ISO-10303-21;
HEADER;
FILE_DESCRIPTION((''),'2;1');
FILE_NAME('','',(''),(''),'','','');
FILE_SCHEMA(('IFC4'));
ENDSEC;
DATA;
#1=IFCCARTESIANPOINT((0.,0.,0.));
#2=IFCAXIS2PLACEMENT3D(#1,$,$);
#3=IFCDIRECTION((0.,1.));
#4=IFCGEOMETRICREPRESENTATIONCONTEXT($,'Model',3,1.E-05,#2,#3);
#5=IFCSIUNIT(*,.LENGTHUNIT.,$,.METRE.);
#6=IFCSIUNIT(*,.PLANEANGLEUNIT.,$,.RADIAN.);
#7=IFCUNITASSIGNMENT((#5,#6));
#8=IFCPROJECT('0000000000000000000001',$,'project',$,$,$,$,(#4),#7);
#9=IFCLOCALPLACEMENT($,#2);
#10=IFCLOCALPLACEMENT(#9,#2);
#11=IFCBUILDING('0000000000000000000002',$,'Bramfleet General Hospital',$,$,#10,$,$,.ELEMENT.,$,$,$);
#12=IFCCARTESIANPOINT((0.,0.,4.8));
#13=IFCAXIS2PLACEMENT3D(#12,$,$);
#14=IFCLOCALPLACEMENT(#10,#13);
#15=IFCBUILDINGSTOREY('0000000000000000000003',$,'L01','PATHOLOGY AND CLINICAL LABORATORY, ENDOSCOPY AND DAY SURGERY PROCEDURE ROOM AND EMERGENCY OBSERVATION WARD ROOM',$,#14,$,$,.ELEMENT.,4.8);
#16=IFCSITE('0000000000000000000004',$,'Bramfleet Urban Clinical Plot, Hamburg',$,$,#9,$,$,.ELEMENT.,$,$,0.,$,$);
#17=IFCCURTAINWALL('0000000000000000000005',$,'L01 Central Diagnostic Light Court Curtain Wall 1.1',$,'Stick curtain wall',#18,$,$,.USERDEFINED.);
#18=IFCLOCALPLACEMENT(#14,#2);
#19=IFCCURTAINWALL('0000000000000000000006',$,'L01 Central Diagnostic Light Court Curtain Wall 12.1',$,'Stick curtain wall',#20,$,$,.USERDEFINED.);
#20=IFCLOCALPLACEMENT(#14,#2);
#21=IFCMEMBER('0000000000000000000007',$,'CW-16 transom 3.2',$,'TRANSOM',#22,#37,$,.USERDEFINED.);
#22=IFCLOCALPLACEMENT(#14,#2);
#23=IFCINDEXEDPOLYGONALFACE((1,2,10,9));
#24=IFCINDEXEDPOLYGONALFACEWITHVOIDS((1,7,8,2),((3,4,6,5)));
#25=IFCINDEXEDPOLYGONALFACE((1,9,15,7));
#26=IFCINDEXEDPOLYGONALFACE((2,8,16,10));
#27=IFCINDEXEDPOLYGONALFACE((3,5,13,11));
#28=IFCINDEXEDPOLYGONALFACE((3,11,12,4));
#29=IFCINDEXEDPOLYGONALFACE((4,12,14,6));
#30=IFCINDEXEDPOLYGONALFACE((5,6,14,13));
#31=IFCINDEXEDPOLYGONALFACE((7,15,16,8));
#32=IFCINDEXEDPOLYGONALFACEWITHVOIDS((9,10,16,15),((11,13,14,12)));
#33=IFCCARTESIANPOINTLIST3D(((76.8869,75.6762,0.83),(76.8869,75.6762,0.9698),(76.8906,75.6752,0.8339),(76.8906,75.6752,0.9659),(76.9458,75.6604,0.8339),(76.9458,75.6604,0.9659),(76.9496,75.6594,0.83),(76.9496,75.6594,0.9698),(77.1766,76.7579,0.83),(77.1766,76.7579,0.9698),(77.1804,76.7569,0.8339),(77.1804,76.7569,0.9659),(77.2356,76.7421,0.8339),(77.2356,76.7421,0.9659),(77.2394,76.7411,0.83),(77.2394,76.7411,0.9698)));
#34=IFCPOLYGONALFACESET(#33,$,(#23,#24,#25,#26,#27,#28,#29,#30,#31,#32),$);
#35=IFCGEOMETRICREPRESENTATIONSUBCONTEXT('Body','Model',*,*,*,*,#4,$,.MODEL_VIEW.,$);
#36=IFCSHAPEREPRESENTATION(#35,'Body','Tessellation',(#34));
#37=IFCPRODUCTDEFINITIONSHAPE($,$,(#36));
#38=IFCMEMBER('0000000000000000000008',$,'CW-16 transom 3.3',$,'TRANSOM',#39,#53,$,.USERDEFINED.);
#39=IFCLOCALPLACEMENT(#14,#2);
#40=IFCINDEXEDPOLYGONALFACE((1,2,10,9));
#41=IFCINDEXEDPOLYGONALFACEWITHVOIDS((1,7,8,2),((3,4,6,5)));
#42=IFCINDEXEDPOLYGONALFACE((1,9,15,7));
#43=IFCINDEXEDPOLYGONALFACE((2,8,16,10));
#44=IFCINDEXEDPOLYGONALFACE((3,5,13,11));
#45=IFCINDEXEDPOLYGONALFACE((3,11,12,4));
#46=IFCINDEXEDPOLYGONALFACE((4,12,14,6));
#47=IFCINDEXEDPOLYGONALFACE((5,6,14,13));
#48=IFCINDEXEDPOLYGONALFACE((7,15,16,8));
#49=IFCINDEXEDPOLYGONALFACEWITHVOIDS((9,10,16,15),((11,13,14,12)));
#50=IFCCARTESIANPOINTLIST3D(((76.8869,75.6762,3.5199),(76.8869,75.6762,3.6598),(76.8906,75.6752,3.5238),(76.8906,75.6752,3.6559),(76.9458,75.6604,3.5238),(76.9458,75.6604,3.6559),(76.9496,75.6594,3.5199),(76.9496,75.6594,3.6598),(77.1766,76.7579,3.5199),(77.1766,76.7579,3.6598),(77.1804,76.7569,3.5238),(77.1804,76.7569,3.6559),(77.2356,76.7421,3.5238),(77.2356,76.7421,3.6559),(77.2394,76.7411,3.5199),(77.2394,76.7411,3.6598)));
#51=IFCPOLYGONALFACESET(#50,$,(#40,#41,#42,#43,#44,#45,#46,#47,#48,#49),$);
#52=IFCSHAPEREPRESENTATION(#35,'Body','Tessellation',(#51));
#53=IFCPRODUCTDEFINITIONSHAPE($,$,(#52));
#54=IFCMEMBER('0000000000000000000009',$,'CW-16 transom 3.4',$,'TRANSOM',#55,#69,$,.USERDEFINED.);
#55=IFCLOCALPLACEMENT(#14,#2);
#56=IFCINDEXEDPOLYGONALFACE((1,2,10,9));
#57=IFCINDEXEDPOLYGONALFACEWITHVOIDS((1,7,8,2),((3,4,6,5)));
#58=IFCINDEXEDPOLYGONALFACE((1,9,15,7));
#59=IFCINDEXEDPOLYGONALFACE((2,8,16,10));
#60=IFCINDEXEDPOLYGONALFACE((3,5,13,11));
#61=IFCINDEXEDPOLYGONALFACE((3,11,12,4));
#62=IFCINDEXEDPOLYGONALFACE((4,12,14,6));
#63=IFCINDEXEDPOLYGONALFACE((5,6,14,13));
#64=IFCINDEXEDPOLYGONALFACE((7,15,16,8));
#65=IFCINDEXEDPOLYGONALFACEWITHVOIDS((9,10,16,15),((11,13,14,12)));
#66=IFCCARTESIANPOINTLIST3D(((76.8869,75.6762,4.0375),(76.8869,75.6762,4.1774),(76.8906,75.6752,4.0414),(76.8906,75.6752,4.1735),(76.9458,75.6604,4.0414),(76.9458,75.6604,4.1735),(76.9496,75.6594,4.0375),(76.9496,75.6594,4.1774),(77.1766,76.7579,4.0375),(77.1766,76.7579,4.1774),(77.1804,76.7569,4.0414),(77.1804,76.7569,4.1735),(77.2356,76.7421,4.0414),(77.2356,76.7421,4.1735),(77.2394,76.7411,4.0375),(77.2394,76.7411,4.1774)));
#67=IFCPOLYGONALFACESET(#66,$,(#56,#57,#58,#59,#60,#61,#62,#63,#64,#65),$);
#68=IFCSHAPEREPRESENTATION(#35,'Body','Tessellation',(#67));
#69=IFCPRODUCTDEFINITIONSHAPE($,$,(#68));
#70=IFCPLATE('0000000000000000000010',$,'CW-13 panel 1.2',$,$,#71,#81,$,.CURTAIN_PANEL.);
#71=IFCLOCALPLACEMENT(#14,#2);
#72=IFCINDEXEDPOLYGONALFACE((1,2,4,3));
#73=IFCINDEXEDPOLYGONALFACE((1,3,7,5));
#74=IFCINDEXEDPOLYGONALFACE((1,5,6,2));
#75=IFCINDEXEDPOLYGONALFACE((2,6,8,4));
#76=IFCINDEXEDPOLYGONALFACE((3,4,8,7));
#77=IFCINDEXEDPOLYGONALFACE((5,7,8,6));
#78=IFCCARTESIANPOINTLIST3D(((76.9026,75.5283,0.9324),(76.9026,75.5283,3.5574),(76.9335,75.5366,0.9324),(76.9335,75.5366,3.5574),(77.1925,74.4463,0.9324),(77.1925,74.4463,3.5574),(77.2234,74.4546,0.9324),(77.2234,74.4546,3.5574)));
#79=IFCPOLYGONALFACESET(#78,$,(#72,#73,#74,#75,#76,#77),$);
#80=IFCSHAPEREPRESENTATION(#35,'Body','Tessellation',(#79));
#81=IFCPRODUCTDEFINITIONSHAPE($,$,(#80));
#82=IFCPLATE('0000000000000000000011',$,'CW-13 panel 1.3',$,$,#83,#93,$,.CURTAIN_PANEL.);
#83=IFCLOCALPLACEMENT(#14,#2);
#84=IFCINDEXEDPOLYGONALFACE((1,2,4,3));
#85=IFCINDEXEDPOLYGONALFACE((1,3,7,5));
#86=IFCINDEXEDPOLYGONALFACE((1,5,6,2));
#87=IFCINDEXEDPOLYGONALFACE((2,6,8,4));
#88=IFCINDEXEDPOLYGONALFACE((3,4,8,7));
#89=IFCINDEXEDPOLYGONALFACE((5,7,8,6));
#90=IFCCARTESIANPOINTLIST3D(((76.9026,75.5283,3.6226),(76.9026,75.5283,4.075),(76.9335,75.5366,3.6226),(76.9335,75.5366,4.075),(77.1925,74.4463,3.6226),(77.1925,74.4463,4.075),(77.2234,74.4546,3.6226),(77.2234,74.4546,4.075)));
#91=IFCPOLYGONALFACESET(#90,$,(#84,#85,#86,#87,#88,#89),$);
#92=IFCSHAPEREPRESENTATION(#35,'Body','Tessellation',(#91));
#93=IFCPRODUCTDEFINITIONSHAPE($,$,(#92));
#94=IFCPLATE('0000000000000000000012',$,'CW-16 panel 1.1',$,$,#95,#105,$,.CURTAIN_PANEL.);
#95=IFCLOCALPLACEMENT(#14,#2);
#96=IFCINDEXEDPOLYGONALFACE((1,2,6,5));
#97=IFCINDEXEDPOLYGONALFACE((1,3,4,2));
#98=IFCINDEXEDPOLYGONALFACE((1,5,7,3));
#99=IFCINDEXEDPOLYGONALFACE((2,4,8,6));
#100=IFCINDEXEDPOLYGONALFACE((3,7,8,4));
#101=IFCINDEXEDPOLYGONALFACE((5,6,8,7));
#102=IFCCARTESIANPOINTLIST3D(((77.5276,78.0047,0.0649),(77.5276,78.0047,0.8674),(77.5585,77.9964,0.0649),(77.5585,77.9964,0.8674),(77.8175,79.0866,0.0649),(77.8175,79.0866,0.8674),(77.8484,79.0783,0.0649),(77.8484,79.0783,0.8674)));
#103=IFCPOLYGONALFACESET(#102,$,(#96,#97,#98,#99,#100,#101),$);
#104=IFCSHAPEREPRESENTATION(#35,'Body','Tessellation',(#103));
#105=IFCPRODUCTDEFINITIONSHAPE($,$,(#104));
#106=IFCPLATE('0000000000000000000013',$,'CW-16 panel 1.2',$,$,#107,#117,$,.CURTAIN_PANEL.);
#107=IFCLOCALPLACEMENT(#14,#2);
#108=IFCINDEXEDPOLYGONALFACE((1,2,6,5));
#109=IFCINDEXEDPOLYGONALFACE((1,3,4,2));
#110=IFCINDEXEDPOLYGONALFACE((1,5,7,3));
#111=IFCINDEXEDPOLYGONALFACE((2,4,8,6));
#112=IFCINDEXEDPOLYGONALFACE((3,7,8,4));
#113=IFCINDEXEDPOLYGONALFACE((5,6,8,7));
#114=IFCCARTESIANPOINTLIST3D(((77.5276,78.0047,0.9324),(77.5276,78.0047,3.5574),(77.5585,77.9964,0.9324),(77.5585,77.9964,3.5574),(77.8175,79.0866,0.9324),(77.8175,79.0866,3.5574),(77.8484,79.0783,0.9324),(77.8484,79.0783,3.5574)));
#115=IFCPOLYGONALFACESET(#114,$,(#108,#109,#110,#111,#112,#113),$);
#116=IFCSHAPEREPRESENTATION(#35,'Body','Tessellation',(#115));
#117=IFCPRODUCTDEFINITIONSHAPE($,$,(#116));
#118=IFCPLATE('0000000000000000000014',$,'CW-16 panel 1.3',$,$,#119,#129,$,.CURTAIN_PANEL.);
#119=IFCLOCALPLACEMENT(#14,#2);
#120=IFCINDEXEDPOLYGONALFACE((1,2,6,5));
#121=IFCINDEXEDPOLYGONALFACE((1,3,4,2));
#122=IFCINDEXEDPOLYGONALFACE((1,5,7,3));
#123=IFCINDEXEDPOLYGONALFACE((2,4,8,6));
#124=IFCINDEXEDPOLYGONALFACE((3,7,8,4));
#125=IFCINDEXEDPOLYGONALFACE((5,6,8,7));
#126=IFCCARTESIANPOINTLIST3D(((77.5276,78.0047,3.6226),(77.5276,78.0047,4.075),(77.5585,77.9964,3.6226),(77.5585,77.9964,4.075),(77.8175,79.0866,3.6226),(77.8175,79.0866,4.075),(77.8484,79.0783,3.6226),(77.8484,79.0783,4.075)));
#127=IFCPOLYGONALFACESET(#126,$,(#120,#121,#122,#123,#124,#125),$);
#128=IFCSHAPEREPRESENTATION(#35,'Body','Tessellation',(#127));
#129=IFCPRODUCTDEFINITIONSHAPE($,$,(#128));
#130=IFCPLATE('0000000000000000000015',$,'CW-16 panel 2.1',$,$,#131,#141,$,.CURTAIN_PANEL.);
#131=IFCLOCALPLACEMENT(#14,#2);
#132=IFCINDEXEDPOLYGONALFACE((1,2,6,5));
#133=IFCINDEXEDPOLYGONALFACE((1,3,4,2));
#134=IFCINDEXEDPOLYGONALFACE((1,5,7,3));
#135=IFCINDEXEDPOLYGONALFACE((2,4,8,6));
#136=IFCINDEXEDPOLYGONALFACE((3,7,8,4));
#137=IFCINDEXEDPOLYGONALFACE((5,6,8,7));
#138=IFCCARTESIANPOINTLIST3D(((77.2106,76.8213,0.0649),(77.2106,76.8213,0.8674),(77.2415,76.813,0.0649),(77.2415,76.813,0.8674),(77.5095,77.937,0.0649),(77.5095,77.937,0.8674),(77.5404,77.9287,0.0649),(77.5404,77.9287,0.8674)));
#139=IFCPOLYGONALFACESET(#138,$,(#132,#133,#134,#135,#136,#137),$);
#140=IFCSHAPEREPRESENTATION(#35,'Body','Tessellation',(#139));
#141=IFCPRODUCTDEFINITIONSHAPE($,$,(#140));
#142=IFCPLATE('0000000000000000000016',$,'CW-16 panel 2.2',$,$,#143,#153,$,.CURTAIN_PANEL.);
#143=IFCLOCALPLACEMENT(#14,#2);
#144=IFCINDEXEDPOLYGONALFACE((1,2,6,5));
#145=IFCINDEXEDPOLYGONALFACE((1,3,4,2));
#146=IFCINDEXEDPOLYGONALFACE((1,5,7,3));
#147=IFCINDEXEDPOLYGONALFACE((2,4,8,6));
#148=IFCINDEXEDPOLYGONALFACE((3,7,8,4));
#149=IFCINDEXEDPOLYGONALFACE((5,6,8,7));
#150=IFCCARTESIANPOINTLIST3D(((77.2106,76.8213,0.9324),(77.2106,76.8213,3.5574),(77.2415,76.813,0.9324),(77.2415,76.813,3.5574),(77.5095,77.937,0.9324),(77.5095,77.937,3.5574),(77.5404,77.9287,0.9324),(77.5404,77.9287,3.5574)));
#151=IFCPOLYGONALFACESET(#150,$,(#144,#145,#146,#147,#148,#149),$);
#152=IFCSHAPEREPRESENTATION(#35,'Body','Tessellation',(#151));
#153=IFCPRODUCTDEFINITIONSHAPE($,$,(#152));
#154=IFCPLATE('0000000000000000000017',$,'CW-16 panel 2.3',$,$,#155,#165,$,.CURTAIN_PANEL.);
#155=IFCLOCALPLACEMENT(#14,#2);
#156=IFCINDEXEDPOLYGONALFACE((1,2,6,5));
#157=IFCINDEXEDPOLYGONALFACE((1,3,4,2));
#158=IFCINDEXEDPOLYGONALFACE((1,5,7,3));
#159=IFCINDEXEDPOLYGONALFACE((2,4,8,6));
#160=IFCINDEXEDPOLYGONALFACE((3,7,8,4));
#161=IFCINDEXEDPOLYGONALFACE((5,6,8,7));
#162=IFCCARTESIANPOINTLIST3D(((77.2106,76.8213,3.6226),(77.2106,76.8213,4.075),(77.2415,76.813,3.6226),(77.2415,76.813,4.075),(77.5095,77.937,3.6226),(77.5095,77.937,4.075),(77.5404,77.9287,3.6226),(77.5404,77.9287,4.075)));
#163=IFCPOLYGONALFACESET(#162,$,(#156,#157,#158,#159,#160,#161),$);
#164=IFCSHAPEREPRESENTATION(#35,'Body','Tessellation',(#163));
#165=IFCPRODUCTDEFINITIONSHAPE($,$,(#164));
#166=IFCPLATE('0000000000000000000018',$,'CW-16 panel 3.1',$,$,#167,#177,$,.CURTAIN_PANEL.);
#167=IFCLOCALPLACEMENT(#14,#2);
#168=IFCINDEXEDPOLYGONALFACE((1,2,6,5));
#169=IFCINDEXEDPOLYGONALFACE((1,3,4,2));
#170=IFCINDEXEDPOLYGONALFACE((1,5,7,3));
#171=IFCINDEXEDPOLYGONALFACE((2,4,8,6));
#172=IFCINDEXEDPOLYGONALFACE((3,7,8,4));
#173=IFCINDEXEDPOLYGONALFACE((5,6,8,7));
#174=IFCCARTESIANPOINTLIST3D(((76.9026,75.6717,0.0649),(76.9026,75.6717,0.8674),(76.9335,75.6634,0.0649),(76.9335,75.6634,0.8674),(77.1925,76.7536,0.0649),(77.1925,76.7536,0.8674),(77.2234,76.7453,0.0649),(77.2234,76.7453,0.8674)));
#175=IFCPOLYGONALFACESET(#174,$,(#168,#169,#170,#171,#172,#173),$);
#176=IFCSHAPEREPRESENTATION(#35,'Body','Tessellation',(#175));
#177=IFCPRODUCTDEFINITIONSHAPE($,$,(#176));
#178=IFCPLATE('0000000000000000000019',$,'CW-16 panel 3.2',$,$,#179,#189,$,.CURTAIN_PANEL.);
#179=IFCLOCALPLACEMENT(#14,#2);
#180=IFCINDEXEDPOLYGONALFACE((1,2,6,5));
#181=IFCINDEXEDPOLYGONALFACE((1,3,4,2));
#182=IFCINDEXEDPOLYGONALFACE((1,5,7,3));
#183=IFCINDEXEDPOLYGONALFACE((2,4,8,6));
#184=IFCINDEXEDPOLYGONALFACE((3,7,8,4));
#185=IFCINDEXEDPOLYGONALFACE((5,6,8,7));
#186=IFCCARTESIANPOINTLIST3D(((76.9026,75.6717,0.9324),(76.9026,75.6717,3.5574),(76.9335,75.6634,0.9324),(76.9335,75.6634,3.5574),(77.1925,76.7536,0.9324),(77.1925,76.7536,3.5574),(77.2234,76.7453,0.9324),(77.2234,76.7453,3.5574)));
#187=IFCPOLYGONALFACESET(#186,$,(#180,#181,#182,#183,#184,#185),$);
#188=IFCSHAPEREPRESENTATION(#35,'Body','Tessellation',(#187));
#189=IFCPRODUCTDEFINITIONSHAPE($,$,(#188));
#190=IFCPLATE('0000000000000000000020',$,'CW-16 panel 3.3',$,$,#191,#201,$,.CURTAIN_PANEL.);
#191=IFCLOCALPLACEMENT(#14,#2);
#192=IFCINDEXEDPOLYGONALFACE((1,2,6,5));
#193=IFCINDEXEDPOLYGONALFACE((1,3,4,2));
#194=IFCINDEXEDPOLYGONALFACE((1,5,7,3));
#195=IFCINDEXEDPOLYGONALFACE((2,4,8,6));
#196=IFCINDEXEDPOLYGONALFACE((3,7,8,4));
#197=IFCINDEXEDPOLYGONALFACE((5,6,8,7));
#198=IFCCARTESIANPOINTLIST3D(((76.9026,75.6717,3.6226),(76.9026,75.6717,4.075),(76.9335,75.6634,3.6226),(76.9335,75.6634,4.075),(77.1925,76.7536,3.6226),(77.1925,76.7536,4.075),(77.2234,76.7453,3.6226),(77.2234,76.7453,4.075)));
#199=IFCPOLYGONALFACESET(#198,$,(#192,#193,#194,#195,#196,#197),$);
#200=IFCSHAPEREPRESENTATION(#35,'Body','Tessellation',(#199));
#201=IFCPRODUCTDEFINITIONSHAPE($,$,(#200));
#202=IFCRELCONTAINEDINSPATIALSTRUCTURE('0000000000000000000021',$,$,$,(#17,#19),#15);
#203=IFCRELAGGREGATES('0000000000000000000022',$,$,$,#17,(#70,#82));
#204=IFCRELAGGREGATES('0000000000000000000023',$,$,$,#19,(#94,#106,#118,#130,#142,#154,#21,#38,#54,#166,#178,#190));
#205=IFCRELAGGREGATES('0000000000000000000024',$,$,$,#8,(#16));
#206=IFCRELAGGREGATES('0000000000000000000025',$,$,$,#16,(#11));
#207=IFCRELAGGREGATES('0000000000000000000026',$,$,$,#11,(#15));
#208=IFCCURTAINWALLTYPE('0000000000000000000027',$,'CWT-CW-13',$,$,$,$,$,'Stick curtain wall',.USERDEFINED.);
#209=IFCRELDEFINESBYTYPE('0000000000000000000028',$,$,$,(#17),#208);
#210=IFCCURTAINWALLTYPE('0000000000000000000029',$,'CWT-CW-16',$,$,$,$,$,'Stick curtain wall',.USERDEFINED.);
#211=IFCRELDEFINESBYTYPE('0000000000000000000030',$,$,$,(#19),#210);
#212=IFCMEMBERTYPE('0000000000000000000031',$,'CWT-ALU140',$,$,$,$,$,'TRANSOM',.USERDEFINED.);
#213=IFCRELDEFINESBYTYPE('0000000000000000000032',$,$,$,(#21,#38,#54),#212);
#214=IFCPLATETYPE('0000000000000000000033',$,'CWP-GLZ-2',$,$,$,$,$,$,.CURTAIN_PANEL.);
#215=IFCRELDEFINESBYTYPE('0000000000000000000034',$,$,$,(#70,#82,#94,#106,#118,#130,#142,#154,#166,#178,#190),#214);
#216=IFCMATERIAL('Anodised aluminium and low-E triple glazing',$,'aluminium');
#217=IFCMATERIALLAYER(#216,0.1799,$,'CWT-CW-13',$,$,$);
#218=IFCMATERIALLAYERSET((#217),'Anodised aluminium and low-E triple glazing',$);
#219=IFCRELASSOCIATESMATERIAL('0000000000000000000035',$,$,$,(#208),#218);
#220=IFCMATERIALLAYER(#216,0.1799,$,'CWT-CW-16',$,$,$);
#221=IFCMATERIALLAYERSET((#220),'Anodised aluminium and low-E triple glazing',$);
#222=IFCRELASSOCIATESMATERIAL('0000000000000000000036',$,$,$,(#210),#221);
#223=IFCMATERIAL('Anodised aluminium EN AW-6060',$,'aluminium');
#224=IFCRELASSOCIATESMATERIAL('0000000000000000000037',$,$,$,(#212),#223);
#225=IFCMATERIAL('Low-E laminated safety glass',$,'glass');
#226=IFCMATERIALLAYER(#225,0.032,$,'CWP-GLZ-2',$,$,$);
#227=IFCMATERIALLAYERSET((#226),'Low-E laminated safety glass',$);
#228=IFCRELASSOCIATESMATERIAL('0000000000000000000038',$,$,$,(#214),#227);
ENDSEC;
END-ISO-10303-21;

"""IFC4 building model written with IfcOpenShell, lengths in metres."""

from ifc_helpers import new_model, si_unit, direction, frame, origin, origin_2d, place, context, subcontext, project, spatial, rectangle, hollow_rectangle, extrude, material, layer, layer_set, material_profile, profile_set, type_object, element, aggregate, save


model = new_model("IFC4")

# Units and contexts
model_context = context("Model", 3, precision=1e-05, world=origin(), true_north=direction((0.0, 1.0)))
body_context = subcontext(model_context, "Body", "Model", "MODEL_VIEW")
ifc_project = project(units=[si_unit("LENGTHUNIT", "METRE"), si_unit("PLANEANGLEUNIT", "RADIAN")], contexts=[model_context])

# Site, building, storey
site_placement = place(None, origin())
site = spatial("IfcSite", under=ifc_project, at=site_placement, Name="Bramfleet Urban Clinical Plot, Hamburg", CompositionType="ELEMENT", RefElevation=0.0)
building_placement = place(site_placement, origin())
building = spatial("IfcBuilding", under=site, at=building_placement, Name="Bramfleet General Hospital", CompositionType="ELEMENT")
storey_placement = place(building_placement, frame((0.0, 0.0, 4.8)))
storey = spatial("IfcBuildingStorey", under=building, at=storey_placement, Name="L01", Description="PATHOLOGY AND CLINICAL LABORATORY, ENDOSCOPY AND DAY SURGERY PROCEDURE ROOM AND EMERGENCY OBSERVATION WARD ROOM", CompositionType="ELEMENT", Elevation=4.8)

# Curtain wall
ifc_material_1 = material(Name="Anodised aluminium and low-E triple glazing", Category="aluminium")
ifc_layer_1 = layer(ifc_material_1, 0.1799, Name="CWT-CW-13")
ifc_layer_set_1 = layer_set([ifc_layer_1], Name="Anodised aluminium and low-E triple glazing")
curtain_wall_type_1 = type_object("IfcCurtainWallType", Name="CWT-CW-13", ElementType="Stick curtain wall", PredefinedType="USERDEFINED", material=ifc_layer_set_1)
curtain_wall_1_placement = place(storey_placement, origin())
curtain_wall_1 = element("IfcCurtainWall", 1, at=curtain_wall_1_placement, inside=storey, type_object=curtain_wall_type_1, Name="L01 Central Diagnostic Light Court Curtain Wall 1.1", ObjectType="Stick curtain wall", PredefinedType="USERDEFINED")
ifc_material_2 = material(Name="Anodised aluminium EN AW-6060", Category="aluminium")

# Curtain wall
ifc_layer_2 = layer(ifc_material_1, 0.1799, Name="CWT-CW-16")
ifc_layer_set_2 = layer_set([ifc_layer_2], Name="Anodised aluminium and low-E triple glazing")
curtain_wall_type_2 = type_object("IfcCurtainWallType", Name="CWT-CW-16", ElementType="Stick curtain wall", PredefinedType="USERDEFINED", material=ifc_layer_set_2)
curtain_wall_2_placement = place(storey_placement, origin())
curtain_wall_2 = element("IfcCurtainWall", 2, at=curtain_wall_2_placement, inside=storey, type_object=curtain_wall_type_2, Name="L01 Central Diagnostic Light Court Curtain Wall 12.1", ObjectType="Stick curtain wall", PredefinedType="USERDEFINED")

# Members
ifc_material_profile_1 = material_profile(ifc_material_2, hollow_rectangle(XDim=0.0649, YDim=0.1399, WallThickness=0.0039, at=origin_2d()), Name="ALU 140x65x4.0")
ifc_profile_set_1 = profile_set([ifc_material_profile_1], Name="Anodised aluminium EN AW-6060")
member_type_1 = type_object("IfcMemberType", Name="CWT-ALU140", ElementType="TRANSOM", PredefinedType="USERDEFINED", material=ifc_profile_set_1)
member_1_placement = place(storey_placement, frame((77.208, 76.7495, 0.8999), z_axis=(-0.258762, -0.965941, 0.0), x_axis=(0.965941, -0.258762, 0.0)))
member_1 = element("IfcMember", 3, at=member_1_placement, type_object=member_type_1, Name="CW-16 transom 3.2", ObjectType="TRANSOM", PredefinedType="USERDEFINED", context=body_context, shape_type="SweptSolid", body=[
    extrude(hollow_rectangle(XDim=0.0649, YDim=0.1399, WallThickness=0.0039, at=origin_2d()), origin(), (0.0, 0.0, 1.0), 1.1199),
])
member_2_placement = place(storey_placement, frame((77.208, 76.7495, 3.5898), z_axis=(-0.258762, -0.965941, 0.0), x_axis=(0.965941, -0.258762, 0.0)))
member_2 = element("IfcMember", 4, at=member_2_placement, type_object=member_type_1, Name="CW-16 transom 3.3", ObjectType="TRANSOM", PredefinedType="USERDEFINED", context=body_context, shape_type="SweptSolid", body=[
    extrude(hollow_rectangle(XDim=0.0649, YDim=0.1399, WallThickness=0.0039, at=origin_2d()), origin(), (0.0, 0.0, 1.0), 1.1199),
])
member_3_placement = place(storey_placement, frame((77.208, 76.7495, 4.1074), z_axis=(-0.258762, -0.965941, 0.0), x_axis=(0.965941, -0.258762, 0.0)))
member_3 = element("IfcMember", 5, at=member_3_placement, type_object=member_type_1, Name="CW-16 transom 3.4", ObjectType="TRANSOM", PredefinedType="USERDEFINED", context=body_context, shape_type="SweptSolid", body=[
    extrude(hollow_rectangle(XDim=0.0649, YDim=0.1399, WallThickness=0.0039, at=origin_2d()), origin(), (0.0, 0.0, 1.0), 1.1199),
])

# Plates
ifc_material_3 = material(Name="Low-E laminated safety glass", Category="glass")
ifc_layer_3 = layer(ifc_material_3, 0.032, Name="CWP-GLZ-2")
ifc_layer_set_3 = layer_set([ifc_layer_3], Name="Low-E laminated safety glass")
plate_type = type_object("IfcPlateType", Name="CWP-GLZ-2", PredefinedType="CURTAIN_PANEL", material=ifc_layer_set_3)
plate_1_placement = place(storey_placement, frame((77.063, 74.9915, 0.9324), z_axis=(0.0, 0.0, 1.0), x_axis=(0.258763, -0.965941, 0.0)))
plate_1 = element("IfcPlate", 6, at=plate_1_placement, type_object=plate_type, Name="CW-13 panel 1.2", PredefinedType="CURTAIN_PANEL", context=body_context, shape_type="SweptSolid", body=[
    extrude(rectangle(XDim=1.1201, YDim=0.032, at=origin_2d()), origin(), (0.0, 0.0, 1.0), 2.625),
])
plate_2_placement = place(storey_placement, frame((77.063, 74.9915, 3.6226), z_axis=(0.0, 0.0, 1.0), x_axis=(0.258763, -0.965941, 0.0)))
plate_2 = element("IfcPlate", 7, at=plate_2_placement, type_object=plate_type, Name="CW-13 panel 1.3", PredefinedType="CURTAIN_PANEL", context=body_context, shape_type="SweptSolid", body=[
    extrude(rectangle(XDim=1.1201, YDim=0.032, at=origin_2d()), origin(), (0.0, 0.0, 1.0), 0.4524),
])
aggregate(curtain_wall_1, [plate_1, plate_2])
plate_3_placement = place(storey_placement, frame((77.688, 78.5415, 0.0649), z_axis=(0.0, 0.0, 1.0), x_axis=(-0.258763, -0.965941, 0.0)))
plate_3 = element("IfcPlate", 8, at=plate_3_placement, type_object=plate_type, Name="CW-16 panel 1.1", PredefinedType="CURTAIN_PANEL", context=body_context, shape_type="SweptSolid", body=[
    extrude(rectangle(XDim=1.1201, YDim=0.032, at=origin_2d()), origin(), (0.0, 0.0, 1.0), 0.8025),
])
plate_4_placement = place(storey_placement, frame((77.688, 78.5415, 0.9324), z_axis=(0.0, 0.0, 1.0), x_axis=(-0.258763, -0.965941, 0.0)))
plate_4 = element("IfcPlate", 9, at=plate_4_placement, type_object=plate_type, Name="CW-16 panel 1.2", PredefinedType="CURTAIN_PANEL", context=body_context, shape_type="SweptSolid", body=[
    extrude(rectangle(XDim=1.1201, YDim=0.032, at=origin_2d()), origin(), (0.0, 0.0, 1.0), 2.625),
])
plate_5_placement = place(storey_placement, frame((77.688, 78.5415, 3.6226), z_axis=(0.0, 0.0, 1.0), x_axis=(-0.258763, -0.965941, 0.0)))
plate_5 = element("IfcPlate", 10, at=plate_5_placement, type_object=plate_type, Name="CW-16 panel 1.3", PredefinedType="CURTAIN_PANEL", context=body_context, shape_type="SweptSolid", body=[
    extrude(rectangle(XDim=1.1201, YDim=0.032, at=origin_2d()), origin(), (0.0, 0.0, 1.0), 0.4524),
])
plate_6_placement = place(storey_placement, frame((77.3755, 77.375, 0.0649), z_axis=(0.0, 0.0, 1.0), x_axis=(-0.258763, -0.965941, 0.0)))
plate_6 = element("IfcPlate", 11, at=plate_6_placement, type_object=plate_type, Name="CW-16 panel 2.1", PredefinedType="CURTAIN_PANEL", context=body_context, shape_type="SweptSolid", body=[
    extrude(rectangle(XDim=1.155, YDim=0.032, at=origin_2d()), origin(), (0.0, 0.0, 1.0), 0.8025),
])
plate_7_placement = place(storey_placement, frame((77.3755, 77.375, 0.9324), z_axis=(0.0, 0.0, 1.0), x_axis=(-0.258763, -0.965941, 0.0)))
plate_7 = element("IfcPlate", 12, at=plate_7_placement, type_object=plate_type, Name="CW-16 panel 2.2", PredefinedType="CURTAIN_PANEL", context=body_context, shape_type="SweptSolid", body=[
    extrude(rectangle(XDim=1.155, YDim=0.032, at=origin_2d()), origin(), (0.0, 0.0, 1.0), 2.625),
])
plate_8_placement = place(storey_placement, frame((77.3755, 77.375, 3.6226), z_axis=(0.0, 0.0, 1.0), x_axis=(-0.258763, -0.965941, 0.0)))
plate_8 = element("IfcPlate", 13, at=plate_8_placement, type_object=plate_type, Name="CW-16 panel 2.3", PredefinedType="CURTAIN_PANEL", context=body_context, shape_type="SweptSolid", body=[
    extrude(rectangle(XDim=1.155, YDim=0.032, at=origin_2d()), origin(), (0.0, 0.0, 1.0), 0.4524),
])
plate_9_placement = place(storey_placement, frame((77.063, 76.2085, 0.0649), z_axis=(0.0, 0.0, 1.0), x_axis=(-0.258763, -0.965941, 0.0)))
plate_9 = element("IfcPlate", 14, at=plate_9_placement, type_object=plate_type, Name="CW-16 panel 3.1", PredefinedType="CURTAIN_PANEL", context=body_context, shape_type="SweptSolid", body=[
    extrude(rectangle(XDim=1.1201, YDim=0.032, at=origin_2d()), origin(), (0.0, 0.0, 1.0), 0.8025),
])
plate_10_placement = place(storey_placement, frame((77.063, 76.2085, 0.9324), z_axis=(0.0, 0.0, 1.0), x_axis=(-0.258763, -0.965941, 0.0)))
plate_10 = element("IfcPlate", 15, at=plate_10_placement, type_object=plate_type, Name="CW-16 panel 3.2", PredefinedType="CURTAIN_PANEL", context=body_context, shape_type="SweptSolid", body=[
    extrude(rectangle(XDim=1.1201, YDim=0.032, at=origin_2d()), origin(), (0.0, 0.0, 1.0), 2.625),
])
plate_11_placement = place(storey_placement, frame((77.063, 76.2085, 3.6226), z_axis=(0.0, 0.0, 1.0), x_axis=(-0.258763, -0.965941, 0.0)))
plate_11 = element("IfcPlate", 16, at=plate_11_placement, type_object=plate_type, Name="CW-16 panel 3.3", PredefinedType="CURTAIN_PANEL", context=body_context, shape_type="SweptSolid", body=[
    extrude(rectangle(XDim=1.1201, YDim=0.032, at=origin_2d()), origin(), (0.0, 0.0, 1.0), 0.4524),
])
aggregate(curtain_wall_2, [plate_3, plate_4, plate_5, plate_6, plate_7, plate_8, member_1, member_2, member_3, plate_9, plate_10, plate_11])

save(model, "model.ifc")
